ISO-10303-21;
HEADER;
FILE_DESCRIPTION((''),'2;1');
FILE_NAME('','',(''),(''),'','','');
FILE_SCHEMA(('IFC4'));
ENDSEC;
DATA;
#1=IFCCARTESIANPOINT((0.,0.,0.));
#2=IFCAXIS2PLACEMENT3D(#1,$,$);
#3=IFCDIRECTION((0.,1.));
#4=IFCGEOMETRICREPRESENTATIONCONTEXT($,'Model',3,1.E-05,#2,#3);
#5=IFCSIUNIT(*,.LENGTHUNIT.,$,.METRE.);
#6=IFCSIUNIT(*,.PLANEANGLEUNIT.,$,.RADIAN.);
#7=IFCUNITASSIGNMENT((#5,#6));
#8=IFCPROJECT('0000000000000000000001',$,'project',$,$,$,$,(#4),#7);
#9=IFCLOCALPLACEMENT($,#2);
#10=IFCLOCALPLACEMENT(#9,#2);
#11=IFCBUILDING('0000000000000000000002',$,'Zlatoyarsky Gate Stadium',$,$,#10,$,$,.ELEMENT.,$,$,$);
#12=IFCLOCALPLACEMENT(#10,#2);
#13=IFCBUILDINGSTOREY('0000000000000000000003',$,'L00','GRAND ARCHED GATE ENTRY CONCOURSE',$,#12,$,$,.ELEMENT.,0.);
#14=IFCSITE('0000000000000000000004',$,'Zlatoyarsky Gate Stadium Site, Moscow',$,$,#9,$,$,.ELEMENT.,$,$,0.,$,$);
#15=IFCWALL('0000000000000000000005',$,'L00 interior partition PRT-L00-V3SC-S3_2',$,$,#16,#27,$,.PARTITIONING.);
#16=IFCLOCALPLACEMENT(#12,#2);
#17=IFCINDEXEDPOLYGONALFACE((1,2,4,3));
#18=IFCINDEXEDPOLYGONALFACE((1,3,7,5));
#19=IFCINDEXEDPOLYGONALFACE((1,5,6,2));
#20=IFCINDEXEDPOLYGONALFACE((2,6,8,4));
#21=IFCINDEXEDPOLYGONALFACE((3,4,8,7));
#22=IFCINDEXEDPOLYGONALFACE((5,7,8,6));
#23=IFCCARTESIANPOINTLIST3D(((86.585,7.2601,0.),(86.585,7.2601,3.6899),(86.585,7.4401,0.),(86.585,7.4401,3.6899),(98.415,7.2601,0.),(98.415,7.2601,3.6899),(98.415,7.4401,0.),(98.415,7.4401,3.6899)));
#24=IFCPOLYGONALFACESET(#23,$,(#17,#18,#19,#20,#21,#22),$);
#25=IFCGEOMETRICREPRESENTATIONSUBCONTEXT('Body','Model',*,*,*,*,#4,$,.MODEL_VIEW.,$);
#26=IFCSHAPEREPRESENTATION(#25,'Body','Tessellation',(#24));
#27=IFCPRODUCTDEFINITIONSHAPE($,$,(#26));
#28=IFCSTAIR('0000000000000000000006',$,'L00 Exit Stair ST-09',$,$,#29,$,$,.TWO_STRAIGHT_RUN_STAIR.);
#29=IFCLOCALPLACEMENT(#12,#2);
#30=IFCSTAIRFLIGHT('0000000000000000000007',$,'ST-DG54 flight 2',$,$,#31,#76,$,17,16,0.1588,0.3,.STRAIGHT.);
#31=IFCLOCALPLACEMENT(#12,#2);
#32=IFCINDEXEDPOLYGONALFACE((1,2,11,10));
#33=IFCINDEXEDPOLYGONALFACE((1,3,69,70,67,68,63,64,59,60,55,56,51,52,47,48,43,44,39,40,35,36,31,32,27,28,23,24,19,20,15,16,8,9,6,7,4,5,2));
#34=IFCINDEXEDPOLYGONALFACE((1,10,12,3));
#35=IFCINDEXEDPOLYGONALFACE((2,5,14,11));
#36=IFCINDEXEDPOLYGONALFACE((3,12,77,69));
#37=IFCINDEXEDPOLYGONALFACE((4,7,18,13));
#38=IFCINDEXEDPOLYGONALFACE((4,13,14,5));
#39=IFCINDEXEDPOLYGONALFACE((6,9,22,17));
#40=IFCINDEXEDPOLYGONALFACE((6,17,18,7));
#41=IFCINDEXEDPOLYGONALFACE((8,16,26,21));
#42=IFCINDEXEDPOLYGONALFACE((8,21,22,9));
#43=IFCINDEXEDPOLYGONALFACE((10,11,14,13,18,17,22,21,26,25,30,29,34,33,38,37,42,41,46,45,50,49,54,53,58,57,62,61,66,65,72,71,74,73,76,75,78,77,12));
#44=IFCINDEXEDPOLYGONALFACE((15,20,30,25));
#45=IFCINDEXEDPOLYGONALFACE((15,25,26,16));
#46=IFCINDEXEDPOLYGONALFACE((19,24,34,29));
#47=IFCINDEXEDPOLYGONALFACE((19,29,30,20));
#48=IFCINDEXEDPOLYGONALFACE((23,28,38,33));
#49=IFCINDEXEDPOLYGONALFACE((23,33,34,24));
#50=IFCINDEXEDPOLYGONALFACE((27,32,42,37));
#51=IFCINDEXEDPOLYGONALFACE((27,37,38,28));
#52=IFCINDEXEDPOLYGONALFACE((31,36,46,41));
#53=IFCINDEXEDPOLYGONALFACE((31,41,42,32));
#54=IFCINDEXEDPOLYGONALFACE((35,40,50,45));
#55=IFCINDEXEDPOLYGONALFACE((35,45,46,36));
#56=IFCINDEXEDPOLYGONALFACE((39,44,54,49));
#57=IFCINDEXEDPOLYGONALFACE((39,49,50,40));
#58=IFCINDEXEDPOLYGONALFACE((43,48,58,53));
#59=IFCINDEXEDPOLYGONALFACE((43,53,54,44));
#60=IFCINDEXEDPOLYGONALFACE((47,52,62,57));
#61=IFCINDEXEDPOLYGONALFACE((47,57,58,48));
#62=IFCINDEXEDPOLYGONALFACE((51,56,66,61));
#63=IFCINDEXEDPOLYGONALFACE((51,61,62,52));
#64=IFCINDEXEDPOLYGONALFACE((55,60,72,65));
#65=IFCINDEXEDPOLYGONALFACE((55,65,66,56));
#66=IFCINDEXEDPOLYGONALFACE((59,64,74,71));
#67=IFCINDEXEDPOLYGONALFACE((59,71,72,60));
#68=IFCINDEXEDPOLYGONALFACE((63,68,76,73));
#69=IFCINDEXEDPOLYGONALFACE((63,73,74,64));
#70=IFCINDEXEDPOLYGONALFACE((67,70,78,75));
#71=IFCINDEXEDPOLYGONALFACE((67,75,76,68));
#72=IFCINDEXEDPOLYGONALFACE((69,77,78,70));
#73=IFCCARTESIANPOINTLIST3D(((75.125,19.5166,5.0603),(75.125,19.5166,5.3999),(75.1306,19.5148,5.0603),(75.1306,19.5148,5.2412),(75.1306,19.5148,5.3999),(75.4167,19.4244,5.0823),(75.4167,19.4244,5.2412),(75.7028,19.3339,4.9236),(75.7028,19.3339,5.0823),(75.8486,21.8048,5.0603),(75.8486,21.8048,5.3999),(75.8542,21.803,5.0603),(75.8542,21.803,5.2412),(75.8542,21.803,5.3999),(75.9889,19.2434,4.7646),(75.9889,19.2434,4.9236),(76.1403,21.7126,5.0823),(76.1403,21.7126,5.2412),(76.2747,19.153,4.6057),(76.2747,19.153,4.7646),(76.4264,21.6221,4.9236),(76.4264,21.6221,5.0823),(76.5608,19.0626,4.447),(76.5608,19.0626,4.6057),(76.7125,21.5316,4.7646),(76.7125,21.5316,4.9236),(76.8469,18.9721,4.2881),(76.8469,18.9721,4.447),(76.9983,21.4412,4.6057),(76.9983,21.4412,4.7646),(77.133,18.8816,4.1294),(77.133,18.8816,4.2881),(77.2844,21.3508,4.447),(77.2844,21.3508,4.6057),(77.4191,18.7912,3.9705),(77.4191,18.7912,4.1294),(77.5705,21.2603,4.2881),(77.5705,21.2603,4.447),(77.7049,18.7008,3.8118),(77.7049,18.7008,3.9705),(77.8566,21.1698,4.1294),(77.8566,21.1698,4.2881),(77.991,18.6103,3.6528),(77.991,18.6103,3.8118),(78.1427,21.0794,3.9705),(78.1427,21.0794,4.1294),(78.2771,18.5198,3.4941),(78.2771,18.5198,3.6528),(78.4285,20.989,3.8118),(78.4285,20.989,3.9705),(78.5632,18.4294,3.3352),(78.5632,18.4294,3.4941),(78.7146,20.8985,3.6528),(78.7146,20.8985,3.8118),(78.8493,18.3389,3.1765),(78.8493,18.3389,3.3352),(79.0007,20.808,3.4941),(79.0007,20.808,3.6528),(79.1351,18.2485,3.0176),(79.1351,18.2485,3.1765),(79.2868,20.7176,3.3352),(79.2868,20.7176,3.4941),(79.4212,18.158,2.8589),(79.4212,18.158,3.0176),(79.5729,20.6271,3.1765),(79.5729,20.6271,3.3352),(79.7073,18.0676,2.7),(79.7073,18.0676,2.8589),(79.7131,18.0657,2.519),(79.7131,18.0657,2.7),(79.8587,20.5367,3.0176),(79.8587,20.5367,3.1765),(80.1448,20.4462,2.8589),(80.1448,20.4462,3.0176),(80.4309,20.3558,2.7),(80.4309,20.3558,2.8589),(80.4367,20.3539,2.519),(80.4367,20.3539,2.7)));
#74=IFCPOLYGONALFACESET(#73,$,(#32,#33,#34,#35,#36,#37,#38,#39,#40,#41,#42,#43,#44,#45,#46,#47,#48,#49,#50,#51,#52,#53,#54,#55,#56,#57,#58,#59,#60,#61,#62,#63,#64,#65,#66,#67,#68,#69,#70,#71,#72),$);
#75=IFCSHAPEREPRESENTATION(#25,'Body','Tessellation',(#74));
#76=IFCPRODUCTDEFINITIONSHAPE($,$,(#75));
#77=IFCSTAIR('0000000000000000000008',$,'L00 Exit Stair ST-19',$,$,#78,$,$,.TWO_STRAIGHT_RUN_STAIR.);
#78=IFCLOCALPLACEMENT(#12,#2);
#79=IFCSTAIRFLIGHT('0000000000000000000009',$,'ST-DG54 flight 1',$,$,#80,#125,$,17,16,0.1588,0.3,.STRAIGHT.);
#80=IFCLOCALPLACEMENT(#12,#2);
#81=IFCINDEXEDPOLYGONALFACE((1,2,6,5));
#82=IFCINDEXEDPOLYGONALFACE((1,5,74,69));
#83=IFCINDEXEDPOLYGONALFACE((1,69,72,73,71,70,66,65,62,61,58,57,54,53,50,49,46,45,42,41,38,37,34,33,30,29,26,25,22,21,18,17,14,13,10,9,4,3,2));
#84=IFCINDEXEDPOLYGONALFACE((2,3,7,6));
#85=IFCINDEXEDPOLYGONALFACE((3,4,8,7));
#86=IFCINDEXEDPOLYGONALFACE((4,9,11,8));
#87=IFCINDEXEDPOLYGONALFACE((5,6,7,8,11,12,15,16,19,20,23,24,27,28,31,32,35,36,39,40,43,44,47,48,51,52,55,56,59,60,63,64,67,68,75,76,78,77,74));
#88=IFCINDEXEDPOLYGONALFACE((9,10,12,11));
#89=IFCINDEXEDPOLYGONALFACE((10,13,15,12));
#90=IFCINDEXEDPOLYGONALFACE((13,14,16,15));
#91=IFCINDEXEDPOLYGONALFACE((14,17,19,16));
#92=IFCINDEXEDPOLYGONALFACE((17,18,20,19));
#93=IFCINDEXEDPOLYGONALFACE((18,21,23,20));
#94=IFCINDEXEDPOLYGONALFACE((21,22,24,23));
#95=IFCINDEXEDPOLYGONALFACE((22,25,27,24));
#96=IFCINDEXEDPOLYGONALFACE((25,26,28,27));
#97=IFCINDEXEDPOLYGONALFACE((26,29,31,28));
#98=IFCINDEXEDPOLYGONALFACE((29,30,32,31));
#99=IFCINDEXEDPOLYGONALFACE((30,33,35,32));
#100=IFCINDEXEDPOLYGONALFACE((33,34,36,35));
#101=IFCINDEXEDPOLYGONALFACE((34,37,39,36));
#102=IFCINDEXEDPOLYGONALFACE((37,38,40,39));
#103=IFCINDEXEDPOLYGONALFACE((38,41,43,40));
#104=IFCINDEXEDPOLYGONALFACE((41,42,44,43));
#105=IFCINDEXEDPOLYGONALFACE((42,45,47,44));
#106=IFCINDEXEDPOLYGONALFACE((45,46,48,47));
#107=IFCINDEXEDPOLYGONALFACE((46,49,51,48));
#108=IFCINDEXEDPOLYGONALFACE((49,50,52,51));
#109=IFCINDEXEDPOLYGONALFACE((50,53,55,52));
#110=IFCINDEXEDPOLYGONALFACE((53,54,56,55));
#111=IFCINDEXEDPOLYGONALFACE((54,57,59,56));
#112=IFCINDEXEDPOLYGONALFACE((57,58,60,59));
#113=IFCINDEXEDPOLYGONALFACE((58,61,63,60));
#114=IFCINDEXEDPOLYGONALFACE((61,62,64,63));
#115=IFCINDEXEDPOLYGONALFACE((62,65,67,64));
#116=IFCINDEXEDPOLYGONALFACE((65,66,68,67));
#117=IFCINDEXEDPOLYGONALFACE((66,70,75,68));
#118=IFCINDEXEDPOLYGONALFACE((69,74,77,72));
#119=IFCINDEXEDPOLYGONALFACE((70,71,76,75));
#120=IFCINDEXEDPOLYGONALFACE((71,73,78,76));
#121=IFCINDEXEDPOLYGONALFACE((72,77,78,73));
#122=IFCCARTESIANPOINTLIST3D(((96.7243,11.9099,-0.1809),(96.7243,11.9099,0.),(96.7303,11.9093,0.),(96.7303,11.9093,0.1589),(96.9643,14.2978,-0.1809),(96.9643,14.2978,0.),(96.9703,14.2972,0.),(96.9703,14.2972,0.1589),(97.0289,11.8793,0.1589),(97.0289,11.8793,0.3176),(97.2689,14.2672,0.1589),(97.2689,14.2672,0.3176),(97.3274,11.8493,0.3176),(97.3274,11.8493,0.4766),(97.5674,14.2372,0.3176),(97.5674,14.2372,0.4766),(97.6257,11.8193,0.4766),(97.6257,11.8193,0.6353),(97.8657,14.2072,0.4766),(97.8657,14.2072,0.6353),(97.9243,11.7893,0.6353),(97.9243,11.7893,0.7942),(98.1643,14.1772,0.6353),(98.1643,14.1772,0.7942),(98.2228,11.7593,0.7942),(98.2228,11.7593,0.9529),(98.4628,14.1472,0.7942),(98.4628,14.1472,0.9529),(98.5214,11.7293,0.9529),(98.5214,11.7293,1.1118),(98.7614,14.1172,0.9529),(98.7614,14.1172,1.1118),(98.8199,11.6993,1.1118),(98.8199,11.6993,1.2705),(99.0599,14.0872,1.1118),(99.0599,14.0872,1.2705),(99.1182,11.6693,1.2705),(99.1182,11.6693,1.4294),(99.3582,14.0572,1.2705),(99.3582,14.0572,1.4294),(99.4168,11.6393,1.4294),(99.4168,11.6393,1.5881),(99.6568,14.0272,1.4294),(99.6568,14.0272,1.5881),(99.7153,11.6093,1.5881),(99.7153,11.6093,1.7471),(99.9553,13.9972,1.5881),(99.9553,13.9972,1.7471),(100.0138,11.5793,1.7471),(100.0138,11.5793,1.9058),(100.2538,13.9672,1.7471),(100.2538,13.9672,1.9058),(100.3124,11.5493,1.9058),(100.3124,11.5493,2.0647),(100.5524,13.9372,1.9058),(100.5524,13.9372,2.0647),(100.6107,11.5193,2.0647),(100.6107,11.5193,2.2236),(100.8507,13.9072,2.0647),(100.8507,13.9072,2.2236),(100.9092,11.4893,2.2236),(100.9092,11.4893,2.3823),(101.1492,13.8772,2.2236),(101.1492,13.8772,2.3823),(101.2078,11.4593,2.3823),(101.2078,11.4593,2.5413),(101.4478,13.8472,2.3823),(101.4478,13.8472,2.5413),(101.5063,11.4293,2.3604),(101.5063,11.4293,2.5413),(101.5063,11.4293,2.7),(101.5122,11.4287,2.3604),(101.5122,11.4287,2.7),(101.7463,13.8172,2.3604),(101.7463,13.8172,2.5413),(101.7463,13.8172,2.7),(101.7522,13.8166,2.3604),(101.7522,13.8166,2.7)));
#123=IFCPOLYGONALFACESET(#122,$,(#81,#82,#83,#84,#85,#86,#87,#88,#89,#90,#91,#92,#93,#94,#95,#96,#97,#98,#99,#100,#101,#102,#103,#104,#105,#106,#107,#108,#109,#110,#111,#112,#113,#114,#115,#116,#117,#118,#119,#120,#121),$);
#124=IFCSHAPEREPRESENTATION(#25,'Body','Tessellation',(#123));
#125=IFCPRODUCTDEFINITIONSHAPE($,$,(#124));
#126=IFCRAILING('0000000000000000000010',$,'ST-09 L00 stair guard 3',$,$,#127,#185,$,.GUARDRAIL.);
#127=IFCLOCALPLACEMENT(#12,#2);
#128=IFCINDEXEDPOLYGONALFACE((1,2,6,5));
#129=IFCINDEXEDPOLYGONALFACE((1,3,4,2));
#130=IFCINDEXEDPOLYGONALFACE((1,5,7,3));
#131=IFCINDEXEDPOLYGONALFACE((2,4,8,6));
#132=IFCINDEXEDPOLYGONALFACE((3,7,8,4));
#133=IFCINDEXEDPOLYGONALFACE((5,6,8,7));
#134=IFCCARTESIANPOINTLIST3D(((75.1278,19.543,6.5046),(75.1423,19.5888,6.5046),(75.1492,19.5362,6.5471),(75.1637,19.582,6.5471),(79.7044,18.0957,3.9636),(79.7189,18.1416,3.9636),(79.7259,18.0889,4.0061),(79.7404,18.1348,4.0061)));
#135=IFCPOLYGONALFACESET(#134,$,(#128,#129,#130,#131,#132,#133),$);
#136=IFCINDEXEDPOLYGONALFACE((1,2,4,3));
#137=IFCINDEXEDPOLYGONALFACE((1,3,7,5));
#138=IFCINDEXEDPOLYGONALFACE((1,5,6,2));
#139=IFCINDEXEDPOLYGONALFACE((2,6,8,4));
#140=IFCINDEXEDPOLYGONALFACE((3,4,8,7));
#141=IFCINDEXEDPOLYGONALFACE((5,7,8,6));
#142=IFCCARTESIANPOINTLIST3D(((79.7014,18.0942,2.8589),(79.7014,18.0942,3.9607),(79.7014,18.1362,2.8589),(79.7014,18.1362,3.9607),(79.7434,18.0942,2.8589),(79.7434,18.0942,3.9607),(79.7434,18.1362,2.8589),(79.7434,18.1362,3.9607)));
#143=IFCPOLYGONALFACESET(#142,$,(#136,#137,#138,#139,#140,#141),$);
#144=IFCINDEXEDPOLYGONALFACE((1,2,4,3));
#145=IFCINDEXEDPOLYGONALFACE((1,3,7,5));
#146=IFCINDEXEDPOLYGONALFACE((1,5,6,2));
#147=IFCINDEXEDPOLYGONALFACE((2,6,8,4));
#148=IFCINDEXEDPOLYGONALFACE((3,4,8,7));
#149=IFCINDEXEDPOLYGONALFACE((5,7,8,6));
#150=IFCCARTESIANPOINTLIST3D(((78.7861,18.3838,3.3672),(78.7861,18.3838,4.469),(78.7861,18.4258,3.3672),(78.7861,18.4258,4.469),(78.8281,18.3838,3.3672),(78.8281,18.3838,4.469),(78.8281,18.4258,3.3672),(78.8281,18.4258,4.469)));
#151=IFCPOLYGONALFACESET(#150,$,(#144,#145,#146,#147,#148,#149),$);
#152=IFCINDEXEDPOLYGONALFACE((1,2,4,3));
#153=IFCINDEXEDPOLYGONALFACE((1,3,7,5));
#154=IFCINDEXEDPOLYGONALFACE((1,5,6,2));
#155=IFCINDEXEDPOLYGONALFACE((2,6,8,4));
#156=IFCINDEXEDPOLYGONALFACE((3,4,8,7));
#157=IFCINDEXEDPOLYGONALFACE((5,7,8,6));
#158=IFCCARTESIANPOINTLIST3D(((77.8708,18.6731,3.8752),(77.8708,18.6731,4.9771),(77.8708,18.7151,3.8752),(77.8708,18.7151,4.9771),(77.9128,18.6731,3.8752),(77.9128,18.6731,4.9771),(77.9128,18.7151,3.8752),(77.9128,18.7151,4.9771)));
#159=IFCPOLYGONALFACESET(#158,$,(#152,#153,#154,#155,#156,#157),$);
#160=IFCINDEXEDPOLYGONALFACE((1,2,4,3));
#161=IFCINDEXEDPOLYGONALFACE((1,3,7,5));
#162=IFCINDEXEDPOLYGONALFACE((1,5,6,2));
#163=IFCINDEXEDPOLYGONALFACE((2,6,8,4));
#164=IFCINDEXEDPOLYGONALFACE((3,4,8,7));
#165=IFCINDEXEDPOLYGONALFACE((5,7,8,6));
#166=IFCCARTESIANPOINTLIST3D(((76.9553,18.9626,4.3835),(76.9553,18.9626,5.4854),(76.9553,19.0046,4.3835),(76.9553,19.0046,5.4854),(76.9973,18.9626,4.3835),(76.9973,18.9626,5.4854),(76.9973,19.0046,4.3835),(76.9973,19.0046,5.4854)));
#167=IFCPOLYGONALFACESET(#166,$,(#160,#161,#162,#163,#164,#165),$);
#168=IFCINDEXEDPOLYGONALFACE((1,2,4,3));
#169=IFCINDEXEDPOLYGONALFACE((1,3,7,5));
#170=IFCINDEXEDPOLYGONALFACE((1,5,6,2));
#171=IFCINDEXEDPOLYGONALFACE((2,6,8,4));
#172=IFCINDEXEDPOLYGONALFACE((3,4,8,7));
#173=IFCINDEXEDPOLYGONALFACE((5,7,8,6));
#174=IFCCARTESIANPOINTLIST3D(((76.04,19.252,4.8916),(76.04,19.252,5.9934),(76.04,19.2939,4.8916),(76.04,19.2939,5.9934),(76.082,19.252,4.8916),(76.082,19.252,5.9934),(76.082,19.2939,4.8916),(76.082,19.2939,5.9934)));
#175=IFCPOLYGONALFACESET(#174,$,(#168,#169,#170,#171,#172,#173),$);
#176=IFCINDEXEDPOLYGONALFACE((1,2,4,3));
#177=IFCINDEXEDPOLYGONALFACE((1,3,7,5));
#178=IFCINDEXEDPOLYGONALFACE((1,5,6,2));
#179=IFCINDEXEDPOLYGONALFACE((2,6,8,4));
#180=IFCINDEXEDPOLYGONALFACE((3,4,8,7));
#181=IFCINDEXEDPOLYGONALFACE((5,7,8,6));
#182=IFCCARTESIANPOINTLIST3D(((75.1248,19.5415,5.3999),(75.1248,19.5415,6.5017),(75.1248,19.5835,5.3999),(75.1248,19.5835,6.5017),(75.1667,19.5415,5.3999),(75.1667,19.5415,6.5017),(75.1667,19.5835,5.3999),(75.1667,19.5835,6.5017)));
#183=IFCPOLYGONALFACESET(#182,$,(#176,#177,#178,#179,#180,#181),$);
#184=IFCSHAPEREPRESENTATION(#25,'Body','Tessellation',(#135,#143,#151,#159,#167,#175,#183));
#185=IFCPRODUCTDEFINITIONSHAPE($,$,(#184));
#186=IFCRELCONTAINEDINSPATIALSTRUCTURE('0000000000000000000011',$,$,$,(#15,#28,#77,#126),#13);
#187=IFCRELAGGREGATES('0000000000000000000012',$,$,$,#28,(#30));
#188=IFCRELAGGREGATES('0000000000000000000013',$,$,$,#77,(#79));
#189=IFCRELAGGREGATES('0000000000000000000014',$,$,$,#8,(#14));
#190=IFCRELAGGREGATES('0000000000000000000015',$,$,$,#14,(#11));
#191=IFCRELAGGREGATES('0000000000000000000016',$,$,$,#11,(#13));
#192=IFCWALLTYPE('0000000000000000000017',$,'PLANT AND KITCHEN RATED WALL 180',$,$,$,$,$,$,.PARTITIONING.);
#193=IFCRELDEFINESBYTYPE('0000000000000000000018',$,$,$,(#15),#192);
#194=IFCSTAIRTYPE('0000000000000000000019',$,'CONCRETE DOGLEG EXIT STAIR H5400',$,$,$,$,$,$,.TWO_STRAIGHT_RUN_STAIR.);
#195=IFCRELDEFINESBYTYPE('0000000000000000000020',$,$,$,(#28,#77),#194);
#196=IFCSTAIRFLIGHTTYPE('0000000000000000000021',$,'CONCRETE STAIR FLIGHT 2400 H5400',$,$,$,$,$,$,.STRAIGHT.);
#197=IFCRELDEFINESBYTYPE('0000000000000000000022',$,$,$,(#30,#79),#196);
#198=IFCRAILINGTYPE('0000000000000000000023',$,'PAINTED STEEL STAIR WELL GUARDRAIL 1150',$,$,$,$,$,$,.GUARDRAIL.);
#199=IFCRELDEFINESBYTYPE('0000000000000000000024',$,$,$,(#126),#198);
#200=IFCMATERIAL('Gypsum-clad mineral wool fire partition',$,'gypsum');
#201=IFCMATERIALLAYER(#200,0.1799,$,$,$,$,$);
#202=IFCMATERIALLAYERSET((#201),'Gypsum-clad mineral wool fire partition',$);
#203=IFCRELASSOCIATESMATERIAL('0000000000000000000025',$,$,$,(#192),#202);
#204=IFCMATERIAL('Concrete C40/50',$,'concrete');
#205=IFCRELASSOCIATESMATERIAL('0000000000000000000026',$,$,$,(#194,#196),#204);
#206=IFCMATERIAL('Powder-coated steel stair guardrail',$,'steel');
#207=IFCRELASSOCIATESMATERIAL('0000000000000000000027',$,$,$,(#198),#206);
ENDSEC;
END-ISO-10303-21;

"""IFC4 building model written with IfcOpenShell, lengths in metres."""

from ifc_helpers import new_model, si_unit, direction, frame, frame_2d, origin, origin_2d, place, context, subcontext, project, spatial, polyline, rectangle, outline, extrude, material, layer, layer_set, type_object, element, aggregate, save


model = new_model("IFC4")

# Units and contexts
model_context = context("Model", 3, precision=1e-05, world=origin(), true_north=direction((0.0, 1.0)))
body_context = subcontext(model_context, "Body", "Model", "MODEL_VIEW")
ifc_project = project(units=[si_unit("LENGTHUNIT", "METRE"), si_unit("PLANEANGLEUNIT", "RADIAN")], contexts=[model_context])

# Site, building, storey
site_placement = place(None, origin())
site = spatial("IfcSite", under=ifc_project, at=site_placement, Name="Zlatoyarsky Gate Stadium Site, Moscow", CompositionType="ELEMENT", RefElevation=0.0)
building_placement = place(site_placement, origin())
building = spatial("IfcBuilding", under=site, at=building_placement, Name="Zlatoyarsky Gate Stadium", CompositionType="ELEMENT")
storey_placement = place(building_placement, origin())
storey = spatial("IfcBuildingStorey", under=building, at=storey_placement, Name="L00", Description="GRAND ARCHED GATE ENTRY CONCOURSE", CompositionType="ELEMENT", Elevation=0.0)

# Shared definitions
ifc_material_1 = material(Name="Concrete C40/50", Category="concrete")

# Shared definitions
ifc_material_2 = material(Name="Gypsum-clad mineral wool fire partition", Category="gypsum")

# Wall
ifc_layer_1 = layer(ifc_material_2, 0.1799)
ifc_layer_set_1 = layer_set([ifc_layer_1], Name="Gypsum-clad mineral wool fire partition")
wall_type_1 = type_object("IfcWallType", Name="PLANT AND KITCHEN RATED WALL 180", PredefinedType="PARTITIONING", material=ifc_layer_set_1)
wall_1_placement = place(storey_placement, frame((86.585, 7.3501, 0.0), z_axis=(0.0, 0.0, 1.0), x_axis=(1.0, 0.0, 0.0)))
element("IfcWall", 1, at=wall_1_placement, inside=storey, type_object=wall_type_1, Name="L00 interior partition PRT-L00-V3SC-S3_2", PredefinedType="PARTITIONING", context=body_context, shape_type="SweptSolid", body=[
    extrude(rectangle(XDim=11.8301, YDim=0.1799, at=frame_2d((5.915, 0.0))), origin(), (0.0, 0.0, 1.0), 3.6899),
])

# Stairs, stair flights
stair_type = type_object("IfcStairType", Name="CONCRETE DOGLEG EXIT STAIR H5400", PredefinedType="TWO_STRAIGHT_RUN_STAIR", material=ifc_material_1)
stair_1_placement = place(storey_placement, origin())
stair_1 = element("IfcStair", 2, at=stair_1_placement, inside=storey, type_object=stair_type, Name="L00 Exit Stair ST-09", PredefinedType="TWO_STRAIGHT_RUN_STAIR")
stair_flight_type = type_object("IfcStairFlightType", Name="CONCRETE STAIR FLIGHT 2400 H5400", PredefinedType="STRAIGHT", material=ifc_material_1)
stair_flight_1_placement = place(storey_placement, frame((80.0691, 19.2117, 2.7), z_axis=(0.0, 0.0, 1.0), x_axis=(-0.953463, 0.30151, 0.0)))
stair_flight_1 = element("IfcStairFlight", 3, at=stair_flight_1_placement, type_object=stair_flight_type, Name="ST-DG54 flight 2", NumberOfRisers=17, NumberOfTreads=16, PredefinedType="STRAIGHT", RiserHeight=0.1588, TreadLength=0.3, context=body_context, shape_type="SweptSolid", body=[
    extrude(outline(polyline([(-0.0061, -0.1809), (-0.0061, 0.0), (0.0, 0.0), (0.0, 0.1589), (0.3, 0.1589), (0.3, 0.3176), (0.6001, 0.3176), (0.6001, 0.4766), (0.8999, 0.4766), (0.8999, 0.6353), (1.2, 0.6353), (1.2, 0.7942), (1.5, 0.7942), (1.5, 0.9529), (1.8, 0.9529), (1.8, 1.1118), (2.1001, 1.1118), (2.1001, 1.2705), (2.3999, 1.2705), (2.3999, 1.4294), (2.7, 1.4294), (2.7, 1.5881), (3.0, 1.5881), (3.0, 1.7471), (3.3, 1.7471), (3.3, 1.9058), (3.6001, 1.9058), (3.6001, 2.0647), (3.8999, 2.0647), (3.8999, 2.2236), (4.2, 2.2236), (4.2, 2.3823), (4.5, 2.3823), (4.5, 2.5413), (4.8, 2.5413), (4.8, 2.7), (4.8059, 2.7), (4.8059, 2.3604), (4.8, 2.3604), (-0.0061, -0.1809)])), frame((0.0, 1.2, 0.0), z_axis=(0.0, -1.0, 0.0), x_axis=(1.0, 0.0, 0.0)), (0.0, 0.0, 1.0), 2.3999),
])
aggregate(stair_1, [stair_flight_1])
stair_2_placement = place(storey_placement, origin())
stair_2 = element("IfcStair", 4, at=stair_2_placement, inside=storey, type_object=stair_type, Name="L00 Exit Stair ST-19", PredefinedType="TWO_STRAIGHT_RUN_STAIR")
stair_flight_2_placement = place(storey_placement, frame((96.8503, 13.1033, 0.0), z_axis=(0.0, 0.0, 1.0), x_axis=(0.994987, -0.100006, 0.0)))
stair_flight_2 = element("IfcStairFlight", 5, at=stair_flight_2_placement, type_object=stair_flight_type, Name="ST-DG54 flight 1", NumberOfRisers=17, NumberOfTreads=16, PredefinedType="STRAIGHT", RiserHeight=0.1588, TreadLength=0.3, context=body_context, shape_type="SweptSolid", body=[
    extrude(outline(polyline([(-0.0061, -0.1809), (-0.0061, 0.0), (0.0, 0.0), (0.0, 0.1589), (0.3, 0.1589), (0.3, 0.3176), (0.6001, 0.3176), (0.6001, 0.4766), (0.8999, 0.4766), (0.8999, 0.6353), (1.2, 0.6353), (1.2, 0.7942), (1.5, 0.7942), (1.5, 0.9529), (1.8, 0.9529), (1.8, 1.1118), (2.1001, 1.1118), (2.1001, 1.2705), (2.3999, 1.2705), (2.3999, 1.4294), (2.7, 1.4294), (2.7, 1.5881), (3.0, 1.5881), (3.0, 1.7471), (3.3, 1.7471), (3.3, 1.9058), (3.6001, 1.9058), (3.6001, 2.0647), (3.8999, 2.0647), (3.8999, 2.2236), (4.2, 2.2236), (4.2, 2.3823), (4.5, 2.3823), (4.5, 2.5413), (4.8, 2.5413), (4.8, 2.7), (4.8059, 2.7), (4.8059, 2.3604), (4.8, 2.3604), (-0.0061, -0.1809)])), frame((0.0, 1.2, 0.0), z_axis=(0.0, -1.0, 0.0), x_axis=(1.0, 0.0, 0.0)), (0.0, 0.0, 1.0), 2.3999),
])
aggregate(stair_2, [stair_flight_2])

# Railing
ifc_material_3 = material(Name="Powder-coated steel stair guardrail", Category="steel")
railing_type_1 = type_object("IfcRailingType", Name="PAINTED STEEL STAIR WELL GUARDRAIL 1150", PredefinedType="GUARDRAIL", material=ifc_material_3)
railing_1_placement = place(storey_placement, frame((79.7224, 18.1152, 2.8589)))
element("IfcRailing", 6, at=railing_1_placement, inside=storey, type_object=railing_type_1, Name="ST-09 L00 stair guard 3", PredefinedType="GUARDRAIL", context=body_context, shape_type="SweptSolid", body=[
    extrude(rectangle(XDim=0.0481, YDim=0.0481, at=origin_2d()), frame((0.0, 0.0, 1.126), z_axis=(-0.842672, 0.266476, 0.467861), x_axis=(-0.301511, -0.953463, 0.0)), (0.0, 0.0, 1.0), 5.4312),
    extrude(rectangle(XDim=0.042, YDim=0.042, at=origin_2d()), origin(), (0.0, 0.0, 1.0), 1.1018),
    extrude(rectangle(XDim=0.042, YDim=0.042, at=origin_2d()), frame((-0.9153, 0.2896, 0.5083)), (0.0, 0.0, 1.0), 1.1018),
    extrude(rectangle(XDim=0.042, YDim=0.042, at=origin_2d()), frame((-1.8306, 0.5789, 1.0164)), (0.0, 0.0, 1.0), 1.1018),
    extrude(rectangle(XDim=0.042, YDim=0.042, at=origin_2d()), frame((-2.7461, 0.8684, 1.5247)), (0.0, 0.0, 1.0), 1.1018),
    extrude(rectangle(XDim=0.042, YDim=0.042, at=origin_2d()), frame((-3.6614, 1.1577, 2.0327)), (0.0, 0.0, 1.0), 1.1018),
    extrude(rectangle(XDim=0.042, YDim=0.042, at=origin_2d()), frame((-4.5767, 1.4473, 2.541)), (0.0, 0.0, 1.0), 1.1018),
])

save(model, "model.ifc")
